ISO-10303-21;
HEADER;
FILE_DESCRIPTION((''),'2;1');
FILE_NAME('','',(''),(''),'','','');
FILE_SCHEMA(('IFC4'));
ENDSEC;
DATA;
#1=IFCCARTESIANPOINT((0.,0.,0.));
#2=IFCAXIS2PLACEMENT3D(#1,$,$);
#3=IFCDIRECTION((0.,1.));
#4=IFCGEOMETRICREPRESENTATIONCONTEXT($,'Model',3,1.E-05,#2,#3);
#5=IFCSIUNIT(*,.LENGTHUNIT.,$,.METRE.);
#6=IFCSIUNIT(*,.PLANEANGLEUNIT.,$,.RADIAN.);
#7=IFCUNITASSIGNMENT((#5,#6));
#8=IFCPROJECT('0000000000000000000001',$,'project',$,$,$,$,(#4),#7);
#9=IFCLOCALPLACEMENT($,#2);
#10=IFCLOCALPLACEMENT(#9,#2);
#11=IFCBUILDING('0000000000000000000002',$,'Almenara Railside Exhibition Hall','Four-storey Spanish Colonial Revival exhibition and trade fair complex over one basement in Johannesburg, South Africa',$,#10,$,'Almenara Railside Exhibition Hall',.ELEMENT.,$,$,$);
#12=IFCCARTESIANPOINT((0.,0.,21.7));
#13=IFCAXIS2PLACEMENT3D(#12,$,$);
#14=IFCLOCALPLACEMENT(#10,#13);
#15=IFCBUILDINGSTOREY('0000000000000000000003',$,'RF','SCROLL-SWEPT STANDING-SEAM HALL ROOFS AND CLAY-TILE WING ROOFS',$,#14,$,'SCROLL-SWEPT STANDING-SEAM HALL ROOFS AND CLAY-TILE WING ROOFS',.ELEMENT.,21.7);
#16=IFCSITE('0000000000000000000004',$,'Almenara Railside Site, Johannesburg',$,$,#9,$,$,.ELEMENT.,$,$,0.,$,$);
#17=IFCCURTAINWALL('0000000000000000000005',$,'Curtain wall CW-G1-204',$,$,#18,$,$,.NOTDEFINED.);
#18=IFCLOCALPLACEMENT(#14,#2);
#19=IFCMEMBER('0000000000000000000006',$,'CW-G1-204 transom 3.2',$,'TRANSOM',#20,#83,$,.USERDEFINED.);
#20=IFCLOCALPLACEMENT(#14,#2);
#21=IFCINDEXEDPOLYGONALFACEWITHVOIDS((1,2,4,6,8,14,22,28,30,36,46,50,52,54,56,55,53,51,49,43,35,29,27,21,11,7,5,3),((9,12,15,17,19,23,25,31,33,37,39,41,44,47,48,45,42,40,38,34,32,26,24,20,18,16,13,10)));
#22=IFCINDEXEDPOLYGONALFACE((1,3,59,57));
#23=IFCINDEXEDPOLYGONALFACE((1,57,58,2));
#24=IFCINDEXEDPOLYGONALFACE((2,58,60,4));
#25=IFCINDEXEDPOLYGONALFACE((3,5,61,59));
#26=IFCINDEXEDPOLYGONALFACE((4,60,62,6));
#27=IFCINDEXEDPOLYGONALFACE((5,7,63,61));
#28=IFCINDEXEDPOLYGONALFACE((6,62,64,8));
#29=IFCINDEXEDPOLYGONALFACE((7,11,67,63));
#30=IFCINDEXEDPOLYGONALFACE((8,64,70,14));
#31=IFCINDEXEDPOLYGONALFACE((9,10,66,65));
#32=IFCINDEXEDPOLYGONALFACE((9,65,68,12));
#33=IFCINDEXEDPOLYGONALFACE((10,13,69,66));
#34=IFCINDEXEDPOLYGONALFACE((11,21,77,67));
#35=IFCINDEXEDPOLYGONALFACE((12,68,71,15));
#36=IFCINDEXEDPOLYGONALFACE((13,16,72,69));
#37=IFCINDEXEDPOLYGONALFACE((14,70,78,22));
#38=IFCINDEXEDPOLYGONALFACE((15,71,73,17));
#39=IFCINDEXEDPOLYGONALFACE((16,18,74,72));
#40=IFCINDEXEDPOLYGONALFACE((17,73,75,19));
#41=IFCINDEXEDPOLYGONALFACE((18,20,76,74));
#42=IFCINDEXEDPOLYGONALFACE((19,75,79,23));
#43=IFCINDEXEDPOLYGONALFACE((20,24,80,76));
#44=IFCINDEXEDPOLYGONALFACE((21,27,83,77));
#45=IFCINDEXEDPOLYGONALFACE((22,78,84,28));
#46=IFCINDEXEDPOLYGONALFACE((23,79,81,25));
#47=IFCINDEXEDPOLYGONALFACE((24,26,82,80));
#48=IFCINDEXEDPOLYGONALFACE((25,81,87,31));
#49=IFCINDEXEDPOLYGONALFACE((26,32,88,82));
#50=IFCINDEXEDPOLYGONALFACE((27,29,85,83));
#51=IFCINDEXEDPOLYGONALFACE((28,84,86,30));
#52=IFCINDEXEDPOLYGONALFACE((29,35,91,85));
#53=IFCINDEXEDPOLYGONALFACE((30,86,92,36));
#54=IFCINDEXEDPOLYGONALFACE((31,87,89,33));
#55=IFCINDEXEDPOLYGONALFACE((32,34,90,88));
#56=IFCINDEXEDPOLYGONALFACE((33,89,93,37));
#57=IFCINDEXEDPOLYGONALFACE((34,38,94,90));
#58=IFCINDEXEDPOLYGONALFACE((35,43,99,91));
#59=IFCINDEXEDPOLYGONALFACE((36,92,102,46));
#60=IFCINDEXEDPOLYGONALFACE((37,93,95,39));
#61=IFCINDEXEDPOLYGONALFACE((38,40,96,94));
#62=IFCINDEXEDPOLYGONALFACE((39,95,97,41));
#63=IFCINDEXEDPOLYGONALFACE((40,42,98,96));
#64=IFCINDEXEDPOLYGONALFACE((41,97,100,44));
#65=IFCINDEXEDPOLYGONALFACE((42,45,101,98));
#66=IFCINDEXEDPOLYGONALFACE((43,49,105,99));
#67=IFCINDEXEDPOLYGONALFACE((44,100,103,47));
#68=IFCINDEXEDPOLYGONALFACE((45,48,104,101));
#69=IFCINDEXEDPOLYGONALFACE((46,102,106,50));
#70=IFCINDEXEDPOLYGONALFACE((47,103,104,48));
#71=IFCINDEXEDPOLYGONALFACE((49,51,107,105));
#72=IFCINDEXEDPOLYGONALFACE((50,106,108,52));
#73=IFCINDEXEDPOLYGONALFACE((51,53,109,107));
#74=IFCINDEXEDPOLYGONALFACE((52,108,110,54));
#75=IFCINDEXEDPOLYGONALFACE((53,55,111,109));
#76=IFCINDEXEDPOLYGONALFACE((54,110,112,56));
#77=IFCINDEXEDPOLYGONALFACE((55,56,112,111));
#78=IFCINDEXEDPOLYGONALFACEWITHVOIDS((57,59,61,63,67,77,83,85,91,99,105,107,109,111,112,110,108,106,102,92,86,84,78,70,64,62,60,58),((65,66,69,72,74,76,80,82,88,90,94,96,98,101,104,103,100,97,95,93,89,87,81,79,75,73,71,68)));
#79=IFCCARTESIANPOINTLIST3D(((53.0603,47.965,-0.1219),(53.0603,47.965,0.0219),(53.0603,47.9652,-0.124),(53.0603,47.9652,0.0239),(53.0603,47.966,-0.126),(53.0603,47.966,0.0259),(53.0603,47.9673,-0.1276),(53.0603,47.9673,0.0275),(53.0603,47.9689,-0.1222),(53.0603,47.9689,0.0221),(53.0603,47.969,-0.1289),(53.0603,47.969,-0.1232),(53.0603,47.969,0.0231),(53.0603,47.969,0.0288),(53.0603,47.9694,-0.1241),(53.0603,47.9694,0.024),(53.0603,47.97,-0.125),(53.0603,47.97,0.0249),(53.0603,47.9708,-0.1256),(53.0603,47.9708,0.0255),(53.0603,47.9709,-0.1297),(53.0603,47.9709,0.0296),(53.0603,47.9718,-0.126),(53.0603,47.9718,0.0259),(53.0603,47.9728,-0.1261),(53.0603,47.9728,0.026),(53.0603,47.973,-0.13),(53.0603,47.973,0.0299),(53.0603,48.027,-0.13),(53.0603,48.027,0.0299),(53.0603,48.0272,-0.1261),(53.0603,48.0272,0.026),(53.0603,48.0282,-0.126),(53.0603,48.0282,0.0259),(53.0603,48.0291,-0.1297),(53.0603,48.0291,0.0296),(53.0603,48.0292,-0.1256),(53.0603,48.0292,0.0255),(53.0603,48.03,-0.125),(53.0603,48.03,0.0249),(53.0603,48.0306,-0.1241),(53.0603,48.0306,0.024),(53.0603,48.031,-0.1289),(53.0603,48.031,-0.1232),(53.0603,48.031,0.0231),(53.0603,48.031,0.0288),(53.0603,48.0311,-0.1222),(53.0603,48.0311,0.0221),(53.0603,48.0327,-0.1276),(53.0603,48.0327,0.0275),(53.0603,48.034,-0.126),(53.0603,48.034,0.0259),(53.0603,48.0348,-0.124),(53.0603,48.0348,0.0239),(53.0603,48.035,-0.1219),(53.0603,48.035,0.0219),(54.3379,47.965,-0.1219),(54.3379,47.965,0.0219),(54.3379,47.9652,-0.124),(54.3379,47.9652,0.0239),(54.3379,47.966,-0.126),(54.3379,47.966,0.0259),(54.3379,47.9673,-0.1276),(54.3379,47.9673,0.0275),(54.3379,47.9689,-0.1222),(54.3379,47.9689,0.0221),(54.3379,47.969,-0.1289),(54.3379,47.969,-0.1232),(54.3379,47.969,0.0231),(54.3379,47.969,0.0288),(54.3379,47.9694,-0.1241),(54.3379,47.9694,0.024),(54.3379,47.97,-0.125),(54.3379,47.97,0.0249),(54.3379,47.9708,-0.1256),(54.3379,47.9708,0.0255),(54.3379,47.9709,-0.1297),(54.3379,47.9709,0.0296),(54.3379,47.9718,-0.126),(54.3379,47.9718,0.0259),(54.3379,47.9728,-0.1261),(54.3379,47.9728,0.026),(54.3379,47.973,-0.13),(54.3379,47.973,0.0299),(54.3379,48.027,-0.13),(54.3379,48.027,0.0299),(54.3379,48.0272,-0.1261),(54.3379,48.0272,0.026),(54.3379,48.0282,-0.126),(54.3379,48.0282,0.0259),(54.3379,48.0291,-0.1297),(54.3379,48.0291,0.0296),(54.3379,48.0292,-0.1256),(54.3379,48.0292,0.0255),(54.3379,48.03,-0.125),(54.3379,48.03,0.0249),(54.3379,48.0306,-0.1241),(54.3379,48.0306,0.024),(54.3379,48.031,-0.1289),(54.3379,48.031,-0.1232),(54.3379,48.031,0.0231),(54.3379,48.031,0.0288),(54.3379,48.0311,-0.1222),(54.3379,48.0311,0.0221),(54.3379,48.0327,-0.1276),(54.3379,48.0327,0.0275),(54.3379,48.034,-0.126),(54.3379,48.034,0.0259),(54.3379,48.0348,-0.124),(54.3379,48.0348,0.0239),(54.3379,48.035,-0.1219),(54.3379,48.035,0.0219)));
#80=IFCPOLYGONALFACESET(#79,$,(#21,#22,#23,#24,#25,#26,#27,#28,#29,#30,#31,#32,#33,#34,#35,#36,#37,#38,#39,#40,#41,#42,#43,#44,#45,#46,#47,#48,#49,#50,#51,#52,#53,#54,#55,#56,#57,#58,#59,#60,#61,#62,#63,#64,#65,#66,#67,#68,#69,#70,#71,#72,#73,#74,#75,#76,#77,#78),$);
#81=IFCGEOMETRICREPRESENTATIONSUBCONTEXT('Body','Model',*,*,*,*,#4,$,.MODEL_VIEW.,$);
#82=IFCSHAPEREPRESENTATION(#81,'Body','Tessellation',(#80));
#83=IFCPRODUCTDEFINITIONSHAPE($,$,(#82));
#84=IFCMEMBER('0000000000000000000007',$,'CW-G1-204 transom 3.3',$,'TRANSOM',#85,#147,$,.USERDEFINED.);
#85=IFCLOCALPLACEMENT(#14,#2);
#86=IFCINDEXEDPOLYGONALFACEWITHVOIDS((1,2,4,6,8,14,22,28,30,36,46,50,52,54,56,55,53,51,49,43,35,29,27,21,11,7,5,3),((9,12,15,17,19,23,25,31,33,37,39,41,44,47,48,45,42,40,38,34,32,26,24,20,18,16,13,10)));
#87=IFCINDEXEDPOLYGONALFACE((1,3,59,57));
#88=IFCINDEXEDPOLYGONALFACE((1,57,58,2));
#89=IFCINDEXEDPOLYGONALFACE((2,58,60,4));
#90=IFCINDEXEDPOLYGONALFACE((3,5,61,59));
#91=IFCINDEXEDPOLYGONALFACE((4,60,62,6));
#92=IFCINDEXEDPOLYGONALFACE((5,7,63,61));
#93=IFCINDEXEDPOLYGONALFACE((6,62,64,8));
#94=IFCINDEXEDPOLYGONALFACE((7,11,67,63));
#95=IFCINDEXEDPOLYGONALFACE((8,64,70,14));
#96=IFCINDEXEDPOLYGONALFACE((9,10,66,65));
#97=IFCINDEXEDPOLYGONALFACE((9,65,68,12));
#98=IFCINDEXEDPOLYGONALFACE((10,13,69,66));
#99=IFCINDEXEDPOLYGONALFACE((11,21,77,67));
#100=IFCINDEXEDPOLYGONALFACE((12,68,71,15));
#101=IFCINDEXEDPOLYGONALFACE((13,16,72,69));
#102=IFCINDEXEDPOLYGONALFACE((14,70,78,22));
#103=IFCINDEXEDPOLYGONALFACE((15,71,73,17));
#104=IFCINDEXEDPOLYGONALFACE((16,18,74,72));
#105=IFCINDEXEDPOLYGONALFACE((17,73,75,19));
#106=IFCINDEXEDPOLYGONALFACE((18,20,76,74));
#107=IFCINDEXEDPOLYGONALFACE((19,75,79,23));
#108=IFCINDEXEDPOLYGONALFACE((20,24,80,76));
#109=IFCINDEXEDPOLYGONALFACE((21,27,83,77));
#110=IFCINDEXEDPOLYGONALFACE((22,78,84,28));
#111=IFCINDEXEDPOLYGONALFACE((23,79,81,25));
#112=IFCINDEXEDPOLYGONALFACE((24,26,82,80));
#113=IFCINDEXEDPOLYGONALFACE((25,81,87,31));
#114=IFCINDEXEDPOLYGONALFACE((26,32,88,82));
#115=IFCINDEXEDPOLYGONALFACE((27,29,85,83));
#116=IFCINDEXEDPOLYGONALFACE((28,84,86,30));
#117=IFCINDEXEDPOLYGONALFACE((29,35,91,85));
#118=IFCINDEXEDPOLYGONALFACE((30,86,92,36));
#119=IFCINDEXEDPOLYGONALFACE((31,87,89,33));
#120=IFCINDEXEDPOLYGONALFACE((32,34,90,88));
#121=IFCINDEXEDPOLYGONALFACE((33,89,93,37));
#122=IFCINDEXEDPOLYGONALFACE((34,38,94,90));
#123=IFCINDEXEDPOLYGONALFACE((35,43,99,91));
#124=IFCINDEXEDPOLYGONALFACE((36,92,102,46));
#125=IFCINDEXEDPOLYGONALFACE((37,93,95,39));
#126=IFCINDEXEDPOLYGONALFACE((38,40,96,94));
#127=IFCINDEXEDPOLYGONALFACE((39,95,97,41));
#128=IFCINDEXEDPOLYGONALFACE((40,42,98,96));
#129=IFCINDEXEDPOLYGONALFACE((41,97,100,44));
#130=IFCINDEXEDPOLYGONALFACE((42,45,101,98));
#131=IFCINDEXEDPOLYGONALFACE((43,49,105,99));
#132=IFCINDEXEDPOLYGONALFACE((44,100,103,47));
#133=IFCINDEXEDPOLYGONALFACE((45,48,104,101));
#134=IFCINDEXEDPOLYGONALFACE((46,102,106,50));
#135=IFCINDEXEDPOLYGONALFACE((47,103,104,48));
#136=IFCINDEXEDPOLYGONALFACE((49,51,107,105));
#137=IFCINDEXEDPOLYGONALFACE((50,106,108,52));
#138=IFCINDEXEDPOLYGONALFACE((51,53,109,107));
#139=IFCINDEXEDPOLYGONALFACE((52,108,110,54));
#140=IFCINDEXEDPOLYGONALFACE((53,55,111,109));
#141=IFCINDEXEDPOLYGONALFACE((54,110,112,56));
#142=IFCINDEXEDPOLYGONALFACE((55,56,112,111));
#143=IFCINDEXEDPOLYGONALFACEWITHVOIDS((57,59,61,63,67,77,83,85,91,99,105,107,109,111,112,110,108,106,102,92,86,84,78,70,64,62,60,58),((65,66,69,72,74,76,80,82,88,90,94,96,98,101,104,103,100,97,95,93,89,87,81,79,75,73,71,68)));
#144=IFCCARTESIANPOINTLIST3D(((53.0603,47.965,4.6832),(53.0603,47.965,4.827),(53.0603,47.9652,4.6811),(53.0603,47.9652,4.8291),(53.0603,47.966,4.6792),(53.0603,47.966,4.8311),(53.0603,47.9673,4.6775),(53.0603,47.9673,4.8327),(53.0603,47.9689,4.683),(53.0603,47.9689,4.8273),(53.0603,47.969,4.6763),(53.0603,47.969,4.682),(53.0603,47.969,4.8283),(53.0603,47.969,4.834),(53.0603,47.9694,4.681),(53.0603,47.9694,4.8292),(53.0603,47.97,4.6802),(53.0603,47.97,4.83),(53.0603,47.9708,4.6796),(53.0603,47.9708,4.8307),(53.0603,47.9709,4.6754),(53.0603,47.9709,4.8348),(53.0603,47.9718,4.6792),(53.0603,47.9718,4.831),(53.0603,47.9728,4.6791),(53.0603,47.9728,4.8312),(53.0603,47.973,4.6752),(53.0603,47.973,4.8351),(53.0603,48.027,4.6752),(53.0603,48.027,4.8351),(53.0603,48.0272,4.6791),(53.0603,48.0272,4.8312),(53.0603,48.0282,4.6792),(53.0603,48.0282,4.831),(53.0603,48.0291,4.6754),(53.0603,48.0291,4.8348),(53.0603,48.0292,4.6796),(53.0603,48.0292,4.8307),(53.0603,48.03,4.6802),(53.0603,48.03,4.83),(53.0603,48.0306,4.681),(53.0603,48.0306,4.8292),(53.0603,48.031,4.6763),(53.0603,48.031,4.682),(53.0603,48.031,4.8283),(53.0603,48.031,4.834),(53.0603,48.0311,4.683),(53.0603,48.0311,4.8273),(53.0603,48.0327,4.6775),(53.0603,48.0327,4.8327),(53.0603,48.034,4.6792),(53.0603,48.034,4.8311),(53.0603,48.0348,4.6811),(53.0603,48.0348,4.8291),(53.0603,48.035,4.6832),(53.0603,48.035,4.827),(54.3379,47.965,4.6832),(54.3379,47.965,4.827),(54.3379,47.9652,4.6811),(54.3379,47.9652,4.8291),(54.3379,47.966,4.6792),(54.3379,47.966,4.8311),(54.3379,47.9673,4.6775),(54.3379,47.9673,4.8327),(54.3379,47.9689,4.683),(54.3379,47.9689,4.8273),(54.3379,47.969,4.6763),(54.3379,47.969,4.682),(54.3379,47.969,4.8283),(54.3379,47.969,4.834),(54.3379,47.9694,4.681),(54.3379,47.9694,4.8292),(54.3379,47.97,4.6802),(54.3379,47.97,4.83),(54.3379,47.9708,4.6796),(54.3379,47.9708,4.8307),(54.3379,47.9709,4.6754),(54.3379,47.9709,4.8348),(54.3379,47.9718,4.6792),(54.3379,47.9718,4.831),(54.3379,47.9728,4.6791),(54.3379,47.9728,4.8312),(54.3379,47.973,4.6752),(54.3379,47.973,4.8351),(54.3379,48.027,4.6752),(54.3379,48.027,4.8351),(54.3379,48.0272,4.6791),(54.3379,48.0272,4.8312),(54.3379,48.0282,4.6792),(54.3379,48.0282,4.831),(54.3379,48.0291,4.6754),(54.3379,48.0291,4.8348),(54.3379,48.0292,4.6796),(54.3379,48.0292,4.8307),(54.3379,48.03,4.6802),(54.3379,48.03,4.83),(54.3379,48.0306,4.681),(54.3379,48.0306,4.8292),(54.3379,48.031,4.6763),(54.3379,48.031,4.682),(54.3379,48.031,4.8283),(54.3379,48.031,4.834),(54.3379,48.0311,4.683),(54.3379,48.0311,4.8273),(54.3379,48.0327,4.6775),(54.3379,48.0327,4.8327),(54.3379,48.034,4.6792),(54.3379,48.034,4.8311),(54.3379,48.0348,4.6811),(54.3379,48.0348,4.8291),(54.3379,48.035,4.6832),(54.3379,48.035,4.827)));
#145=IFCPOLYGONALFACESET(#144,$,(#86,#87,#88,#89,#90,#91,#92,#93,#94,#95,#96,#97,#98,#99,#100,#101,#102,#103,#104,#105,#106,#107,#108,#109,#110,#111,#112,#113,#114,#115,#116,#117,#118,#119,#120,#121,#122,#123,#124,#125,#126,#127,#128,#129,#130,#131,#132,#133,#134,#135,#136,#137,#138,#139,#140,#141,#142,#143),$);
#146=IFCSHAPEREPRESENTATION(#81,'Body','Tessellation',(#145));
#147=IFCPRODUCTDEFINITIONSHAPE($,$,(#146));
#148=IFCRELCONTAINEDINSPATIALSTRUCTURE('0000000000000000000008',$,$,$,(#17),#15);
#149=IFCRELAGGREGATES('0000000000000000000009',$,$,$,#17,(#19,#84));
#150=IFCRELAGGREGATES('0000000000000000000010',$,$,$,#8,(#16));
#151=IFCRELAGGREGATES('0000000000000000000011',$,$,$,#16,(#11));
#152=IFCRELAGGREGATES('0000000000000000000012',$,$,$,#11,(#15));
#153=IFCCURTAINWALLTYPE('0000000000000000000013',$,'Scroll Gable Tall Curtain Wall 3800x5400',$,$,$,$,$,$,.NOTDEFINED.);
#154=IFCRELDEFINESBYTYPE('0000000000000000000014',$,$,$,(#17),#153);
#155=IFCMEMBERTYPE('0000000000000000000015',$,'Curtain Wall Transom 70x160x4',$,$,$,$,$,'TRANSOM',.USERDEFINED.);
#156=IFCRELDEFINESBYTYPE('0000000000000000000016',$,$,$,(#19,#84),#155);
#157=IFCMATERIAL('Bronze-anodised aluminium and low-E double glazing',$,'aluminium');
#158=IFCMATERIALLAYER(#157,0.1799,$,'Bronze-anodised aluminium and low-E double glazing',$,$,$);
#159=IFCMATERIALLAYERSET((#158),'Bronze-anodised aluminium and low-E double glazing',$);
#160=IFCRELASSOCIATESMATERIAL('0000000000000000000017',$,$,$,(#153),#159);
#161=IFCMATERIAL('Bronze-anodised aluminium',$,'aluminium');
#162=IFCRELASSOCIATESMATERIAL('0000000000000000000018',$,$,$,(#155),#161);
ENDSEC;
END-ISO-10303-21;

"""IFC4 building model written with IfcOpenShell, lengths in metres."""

from ifc_helpers import new_model, si_unit, direction, frame, origin, origin_2d, place, context, subcontext, project, spatial, hollow_rectangle, extrude, material, layer, layer_set, material_profile, profile_set, type_object, element, aggregate, save


model = new_model("IFC4")

# Units and contexts
model_context = context("Model", 3, precision=1e-05, world=origin(), true_north=direction((0.0, 1.0)))
body_context = subcontext(model_context, "Body", "Model", "MODEL_VIEW")
ifc_project = project(units=[si_unit("LENGTHUNIT", "METRE"), si_unit("PLANEANGLEUNIT", "RADIAN")], contexts=[model_context])

# Site, building, storey
site_placement = place(None, origin())
site = spatial("IfcSite", under=ifc_project, at=site_placement, Name="Almenara Railside Site, Johannesburg", CompositionType="ELEMENT", RefElevation=0.0)
building_placement = place(site_placement, origin())
building = spatial("IfcBuilding", under=site, at=building_placement, Name="Almenara Railside Exhibition Hall", Description="Four-storey Spanish Colonial Revival exhibition and trade fair complex over one basement in Johannesburg, South Africa", LongName="Almenara Railside Exhibition Hall", CompositionType="ELEMENT")
storey_placement = place(building_placement, frame((0.0, 0.0, 21.7)))
storey = spatial("IfcBuildingStorey", under=building, at=storey_placement, Name="RF", Description="SCROLL-SWEPT STANDING-SEAM HALL ROOFS AND CLAY-TILE WING ROOFS", LongName="SCROLL-SWEPT STANDING-SEAM HALL ROOFS AND CLAY-TILE WING ROOFS", CompositionType="ELEMENT", Elevation=21.7)

# Shared definitions
ifc_material_1 = material(Name="Bronze-anodised aluminium and low-E double glazing", Category="aluminium")
ifc_layer_1 = layer(ifc_material_1, 0.1799, Name="Bronze-anodised aluminium and low-E double glazing")
ifc_layer_set_1 = layer_set([ifc_layer_1], Name="Bronze-anodised aluminium and low-E double glazing")
curtain_wall_type = type_object("IfcCurtainWallType", Name="Scroll Gable Tall Curtain Wall 3800x5400", PredefinedType="NOTDEFINED", material=ifc_layer_set_1)
ifc_material_2 = material(Name="Bronze-anodised aluminium", Category="aluminium")

# Curtain wall, members
curtain_wall_1_placement = place(storey_placement, origin())
curtain_wall_1 = element("IfcCurtainWall", 1, at=curtain_wall_1_placement, inside=storey, type_object=curtain_wall_type, Name="Curtain wall CW-G1-204", PredefinedType="NOTDEFINED")
ifc_material_profile_1 = material_profile(ifc_material_2, hollow_rectangle(XDim=0.0701, YDim=0.1599, WallThickness=0.0039, InnerFilletRadius=0.0039, OuterFilletRadius=0.0081, at=origin_2d()), Name="ALU-TRN 70x160x4")
ifc_profile_set_1 = profile_set([ifc_material_profile_1], Name="Bronze-anodised aluminium")
member_type_1 = type_object("IfcMemberType", Name="Curtain Wall Transom 70x160x4", ElementType="TRANSOM", PredefinedType="USERDEFINED", material=ifc_profile_set_1)
member_1_placement = place(storey_placement, frame((53.0603, 48.0, -0.05), z_axis=(1.0, 0.0, 0.0), x_axis=(0.0, 1.0, 0.0)))
member_1 = element("IfcMember", 2, at=member_1_placement, type_object=member_type_1, Name="CW-G1-204 transom 3.2", ObjectType="TRANSOM", PredefinedType="USERDEFINED", context=body_context, shape_type="SweptSolid", body=[
    extrude(hollow_rectangle(XDim=0.0701, YDim=0.1599, WallThickness=0.0039, InnerFilletRadius=0.0039, OuterFilletRadius=0.0081, at=origin_2d()), origin(), (0.0, 0.0, 1.0), 1.2776),
])
member_2_placement = place(storey_placement, frame((53.0603, 48.0, 4.7551), z_axis=(1.0, 0.0, 0.0), x_axis=(0.0, 1.0, 0.0)))
member_2 = element("IfcMember", 3, at=member_2_placement, type_object=member_type_1, Name="CW-G1-204 transom 3.3", ObjectType="TRANSOM", PredefinedType="USERDEFINED", context=body_context, shape_type="SweptSolid", body=[
    extrude(hollow_rectangle(XDim=0.0701, YDim=0.1599, WallThickness=0.0039, InnerFilletRadius=0.0039, OuterFilletRadius=0.0081, at=origin_2d()), origin(), (0.0, 0.0, 1.0), 1.2776),
])

aggregate(curtain_wall_1, [member_1, member_2])

save(model, "model.ifc")
